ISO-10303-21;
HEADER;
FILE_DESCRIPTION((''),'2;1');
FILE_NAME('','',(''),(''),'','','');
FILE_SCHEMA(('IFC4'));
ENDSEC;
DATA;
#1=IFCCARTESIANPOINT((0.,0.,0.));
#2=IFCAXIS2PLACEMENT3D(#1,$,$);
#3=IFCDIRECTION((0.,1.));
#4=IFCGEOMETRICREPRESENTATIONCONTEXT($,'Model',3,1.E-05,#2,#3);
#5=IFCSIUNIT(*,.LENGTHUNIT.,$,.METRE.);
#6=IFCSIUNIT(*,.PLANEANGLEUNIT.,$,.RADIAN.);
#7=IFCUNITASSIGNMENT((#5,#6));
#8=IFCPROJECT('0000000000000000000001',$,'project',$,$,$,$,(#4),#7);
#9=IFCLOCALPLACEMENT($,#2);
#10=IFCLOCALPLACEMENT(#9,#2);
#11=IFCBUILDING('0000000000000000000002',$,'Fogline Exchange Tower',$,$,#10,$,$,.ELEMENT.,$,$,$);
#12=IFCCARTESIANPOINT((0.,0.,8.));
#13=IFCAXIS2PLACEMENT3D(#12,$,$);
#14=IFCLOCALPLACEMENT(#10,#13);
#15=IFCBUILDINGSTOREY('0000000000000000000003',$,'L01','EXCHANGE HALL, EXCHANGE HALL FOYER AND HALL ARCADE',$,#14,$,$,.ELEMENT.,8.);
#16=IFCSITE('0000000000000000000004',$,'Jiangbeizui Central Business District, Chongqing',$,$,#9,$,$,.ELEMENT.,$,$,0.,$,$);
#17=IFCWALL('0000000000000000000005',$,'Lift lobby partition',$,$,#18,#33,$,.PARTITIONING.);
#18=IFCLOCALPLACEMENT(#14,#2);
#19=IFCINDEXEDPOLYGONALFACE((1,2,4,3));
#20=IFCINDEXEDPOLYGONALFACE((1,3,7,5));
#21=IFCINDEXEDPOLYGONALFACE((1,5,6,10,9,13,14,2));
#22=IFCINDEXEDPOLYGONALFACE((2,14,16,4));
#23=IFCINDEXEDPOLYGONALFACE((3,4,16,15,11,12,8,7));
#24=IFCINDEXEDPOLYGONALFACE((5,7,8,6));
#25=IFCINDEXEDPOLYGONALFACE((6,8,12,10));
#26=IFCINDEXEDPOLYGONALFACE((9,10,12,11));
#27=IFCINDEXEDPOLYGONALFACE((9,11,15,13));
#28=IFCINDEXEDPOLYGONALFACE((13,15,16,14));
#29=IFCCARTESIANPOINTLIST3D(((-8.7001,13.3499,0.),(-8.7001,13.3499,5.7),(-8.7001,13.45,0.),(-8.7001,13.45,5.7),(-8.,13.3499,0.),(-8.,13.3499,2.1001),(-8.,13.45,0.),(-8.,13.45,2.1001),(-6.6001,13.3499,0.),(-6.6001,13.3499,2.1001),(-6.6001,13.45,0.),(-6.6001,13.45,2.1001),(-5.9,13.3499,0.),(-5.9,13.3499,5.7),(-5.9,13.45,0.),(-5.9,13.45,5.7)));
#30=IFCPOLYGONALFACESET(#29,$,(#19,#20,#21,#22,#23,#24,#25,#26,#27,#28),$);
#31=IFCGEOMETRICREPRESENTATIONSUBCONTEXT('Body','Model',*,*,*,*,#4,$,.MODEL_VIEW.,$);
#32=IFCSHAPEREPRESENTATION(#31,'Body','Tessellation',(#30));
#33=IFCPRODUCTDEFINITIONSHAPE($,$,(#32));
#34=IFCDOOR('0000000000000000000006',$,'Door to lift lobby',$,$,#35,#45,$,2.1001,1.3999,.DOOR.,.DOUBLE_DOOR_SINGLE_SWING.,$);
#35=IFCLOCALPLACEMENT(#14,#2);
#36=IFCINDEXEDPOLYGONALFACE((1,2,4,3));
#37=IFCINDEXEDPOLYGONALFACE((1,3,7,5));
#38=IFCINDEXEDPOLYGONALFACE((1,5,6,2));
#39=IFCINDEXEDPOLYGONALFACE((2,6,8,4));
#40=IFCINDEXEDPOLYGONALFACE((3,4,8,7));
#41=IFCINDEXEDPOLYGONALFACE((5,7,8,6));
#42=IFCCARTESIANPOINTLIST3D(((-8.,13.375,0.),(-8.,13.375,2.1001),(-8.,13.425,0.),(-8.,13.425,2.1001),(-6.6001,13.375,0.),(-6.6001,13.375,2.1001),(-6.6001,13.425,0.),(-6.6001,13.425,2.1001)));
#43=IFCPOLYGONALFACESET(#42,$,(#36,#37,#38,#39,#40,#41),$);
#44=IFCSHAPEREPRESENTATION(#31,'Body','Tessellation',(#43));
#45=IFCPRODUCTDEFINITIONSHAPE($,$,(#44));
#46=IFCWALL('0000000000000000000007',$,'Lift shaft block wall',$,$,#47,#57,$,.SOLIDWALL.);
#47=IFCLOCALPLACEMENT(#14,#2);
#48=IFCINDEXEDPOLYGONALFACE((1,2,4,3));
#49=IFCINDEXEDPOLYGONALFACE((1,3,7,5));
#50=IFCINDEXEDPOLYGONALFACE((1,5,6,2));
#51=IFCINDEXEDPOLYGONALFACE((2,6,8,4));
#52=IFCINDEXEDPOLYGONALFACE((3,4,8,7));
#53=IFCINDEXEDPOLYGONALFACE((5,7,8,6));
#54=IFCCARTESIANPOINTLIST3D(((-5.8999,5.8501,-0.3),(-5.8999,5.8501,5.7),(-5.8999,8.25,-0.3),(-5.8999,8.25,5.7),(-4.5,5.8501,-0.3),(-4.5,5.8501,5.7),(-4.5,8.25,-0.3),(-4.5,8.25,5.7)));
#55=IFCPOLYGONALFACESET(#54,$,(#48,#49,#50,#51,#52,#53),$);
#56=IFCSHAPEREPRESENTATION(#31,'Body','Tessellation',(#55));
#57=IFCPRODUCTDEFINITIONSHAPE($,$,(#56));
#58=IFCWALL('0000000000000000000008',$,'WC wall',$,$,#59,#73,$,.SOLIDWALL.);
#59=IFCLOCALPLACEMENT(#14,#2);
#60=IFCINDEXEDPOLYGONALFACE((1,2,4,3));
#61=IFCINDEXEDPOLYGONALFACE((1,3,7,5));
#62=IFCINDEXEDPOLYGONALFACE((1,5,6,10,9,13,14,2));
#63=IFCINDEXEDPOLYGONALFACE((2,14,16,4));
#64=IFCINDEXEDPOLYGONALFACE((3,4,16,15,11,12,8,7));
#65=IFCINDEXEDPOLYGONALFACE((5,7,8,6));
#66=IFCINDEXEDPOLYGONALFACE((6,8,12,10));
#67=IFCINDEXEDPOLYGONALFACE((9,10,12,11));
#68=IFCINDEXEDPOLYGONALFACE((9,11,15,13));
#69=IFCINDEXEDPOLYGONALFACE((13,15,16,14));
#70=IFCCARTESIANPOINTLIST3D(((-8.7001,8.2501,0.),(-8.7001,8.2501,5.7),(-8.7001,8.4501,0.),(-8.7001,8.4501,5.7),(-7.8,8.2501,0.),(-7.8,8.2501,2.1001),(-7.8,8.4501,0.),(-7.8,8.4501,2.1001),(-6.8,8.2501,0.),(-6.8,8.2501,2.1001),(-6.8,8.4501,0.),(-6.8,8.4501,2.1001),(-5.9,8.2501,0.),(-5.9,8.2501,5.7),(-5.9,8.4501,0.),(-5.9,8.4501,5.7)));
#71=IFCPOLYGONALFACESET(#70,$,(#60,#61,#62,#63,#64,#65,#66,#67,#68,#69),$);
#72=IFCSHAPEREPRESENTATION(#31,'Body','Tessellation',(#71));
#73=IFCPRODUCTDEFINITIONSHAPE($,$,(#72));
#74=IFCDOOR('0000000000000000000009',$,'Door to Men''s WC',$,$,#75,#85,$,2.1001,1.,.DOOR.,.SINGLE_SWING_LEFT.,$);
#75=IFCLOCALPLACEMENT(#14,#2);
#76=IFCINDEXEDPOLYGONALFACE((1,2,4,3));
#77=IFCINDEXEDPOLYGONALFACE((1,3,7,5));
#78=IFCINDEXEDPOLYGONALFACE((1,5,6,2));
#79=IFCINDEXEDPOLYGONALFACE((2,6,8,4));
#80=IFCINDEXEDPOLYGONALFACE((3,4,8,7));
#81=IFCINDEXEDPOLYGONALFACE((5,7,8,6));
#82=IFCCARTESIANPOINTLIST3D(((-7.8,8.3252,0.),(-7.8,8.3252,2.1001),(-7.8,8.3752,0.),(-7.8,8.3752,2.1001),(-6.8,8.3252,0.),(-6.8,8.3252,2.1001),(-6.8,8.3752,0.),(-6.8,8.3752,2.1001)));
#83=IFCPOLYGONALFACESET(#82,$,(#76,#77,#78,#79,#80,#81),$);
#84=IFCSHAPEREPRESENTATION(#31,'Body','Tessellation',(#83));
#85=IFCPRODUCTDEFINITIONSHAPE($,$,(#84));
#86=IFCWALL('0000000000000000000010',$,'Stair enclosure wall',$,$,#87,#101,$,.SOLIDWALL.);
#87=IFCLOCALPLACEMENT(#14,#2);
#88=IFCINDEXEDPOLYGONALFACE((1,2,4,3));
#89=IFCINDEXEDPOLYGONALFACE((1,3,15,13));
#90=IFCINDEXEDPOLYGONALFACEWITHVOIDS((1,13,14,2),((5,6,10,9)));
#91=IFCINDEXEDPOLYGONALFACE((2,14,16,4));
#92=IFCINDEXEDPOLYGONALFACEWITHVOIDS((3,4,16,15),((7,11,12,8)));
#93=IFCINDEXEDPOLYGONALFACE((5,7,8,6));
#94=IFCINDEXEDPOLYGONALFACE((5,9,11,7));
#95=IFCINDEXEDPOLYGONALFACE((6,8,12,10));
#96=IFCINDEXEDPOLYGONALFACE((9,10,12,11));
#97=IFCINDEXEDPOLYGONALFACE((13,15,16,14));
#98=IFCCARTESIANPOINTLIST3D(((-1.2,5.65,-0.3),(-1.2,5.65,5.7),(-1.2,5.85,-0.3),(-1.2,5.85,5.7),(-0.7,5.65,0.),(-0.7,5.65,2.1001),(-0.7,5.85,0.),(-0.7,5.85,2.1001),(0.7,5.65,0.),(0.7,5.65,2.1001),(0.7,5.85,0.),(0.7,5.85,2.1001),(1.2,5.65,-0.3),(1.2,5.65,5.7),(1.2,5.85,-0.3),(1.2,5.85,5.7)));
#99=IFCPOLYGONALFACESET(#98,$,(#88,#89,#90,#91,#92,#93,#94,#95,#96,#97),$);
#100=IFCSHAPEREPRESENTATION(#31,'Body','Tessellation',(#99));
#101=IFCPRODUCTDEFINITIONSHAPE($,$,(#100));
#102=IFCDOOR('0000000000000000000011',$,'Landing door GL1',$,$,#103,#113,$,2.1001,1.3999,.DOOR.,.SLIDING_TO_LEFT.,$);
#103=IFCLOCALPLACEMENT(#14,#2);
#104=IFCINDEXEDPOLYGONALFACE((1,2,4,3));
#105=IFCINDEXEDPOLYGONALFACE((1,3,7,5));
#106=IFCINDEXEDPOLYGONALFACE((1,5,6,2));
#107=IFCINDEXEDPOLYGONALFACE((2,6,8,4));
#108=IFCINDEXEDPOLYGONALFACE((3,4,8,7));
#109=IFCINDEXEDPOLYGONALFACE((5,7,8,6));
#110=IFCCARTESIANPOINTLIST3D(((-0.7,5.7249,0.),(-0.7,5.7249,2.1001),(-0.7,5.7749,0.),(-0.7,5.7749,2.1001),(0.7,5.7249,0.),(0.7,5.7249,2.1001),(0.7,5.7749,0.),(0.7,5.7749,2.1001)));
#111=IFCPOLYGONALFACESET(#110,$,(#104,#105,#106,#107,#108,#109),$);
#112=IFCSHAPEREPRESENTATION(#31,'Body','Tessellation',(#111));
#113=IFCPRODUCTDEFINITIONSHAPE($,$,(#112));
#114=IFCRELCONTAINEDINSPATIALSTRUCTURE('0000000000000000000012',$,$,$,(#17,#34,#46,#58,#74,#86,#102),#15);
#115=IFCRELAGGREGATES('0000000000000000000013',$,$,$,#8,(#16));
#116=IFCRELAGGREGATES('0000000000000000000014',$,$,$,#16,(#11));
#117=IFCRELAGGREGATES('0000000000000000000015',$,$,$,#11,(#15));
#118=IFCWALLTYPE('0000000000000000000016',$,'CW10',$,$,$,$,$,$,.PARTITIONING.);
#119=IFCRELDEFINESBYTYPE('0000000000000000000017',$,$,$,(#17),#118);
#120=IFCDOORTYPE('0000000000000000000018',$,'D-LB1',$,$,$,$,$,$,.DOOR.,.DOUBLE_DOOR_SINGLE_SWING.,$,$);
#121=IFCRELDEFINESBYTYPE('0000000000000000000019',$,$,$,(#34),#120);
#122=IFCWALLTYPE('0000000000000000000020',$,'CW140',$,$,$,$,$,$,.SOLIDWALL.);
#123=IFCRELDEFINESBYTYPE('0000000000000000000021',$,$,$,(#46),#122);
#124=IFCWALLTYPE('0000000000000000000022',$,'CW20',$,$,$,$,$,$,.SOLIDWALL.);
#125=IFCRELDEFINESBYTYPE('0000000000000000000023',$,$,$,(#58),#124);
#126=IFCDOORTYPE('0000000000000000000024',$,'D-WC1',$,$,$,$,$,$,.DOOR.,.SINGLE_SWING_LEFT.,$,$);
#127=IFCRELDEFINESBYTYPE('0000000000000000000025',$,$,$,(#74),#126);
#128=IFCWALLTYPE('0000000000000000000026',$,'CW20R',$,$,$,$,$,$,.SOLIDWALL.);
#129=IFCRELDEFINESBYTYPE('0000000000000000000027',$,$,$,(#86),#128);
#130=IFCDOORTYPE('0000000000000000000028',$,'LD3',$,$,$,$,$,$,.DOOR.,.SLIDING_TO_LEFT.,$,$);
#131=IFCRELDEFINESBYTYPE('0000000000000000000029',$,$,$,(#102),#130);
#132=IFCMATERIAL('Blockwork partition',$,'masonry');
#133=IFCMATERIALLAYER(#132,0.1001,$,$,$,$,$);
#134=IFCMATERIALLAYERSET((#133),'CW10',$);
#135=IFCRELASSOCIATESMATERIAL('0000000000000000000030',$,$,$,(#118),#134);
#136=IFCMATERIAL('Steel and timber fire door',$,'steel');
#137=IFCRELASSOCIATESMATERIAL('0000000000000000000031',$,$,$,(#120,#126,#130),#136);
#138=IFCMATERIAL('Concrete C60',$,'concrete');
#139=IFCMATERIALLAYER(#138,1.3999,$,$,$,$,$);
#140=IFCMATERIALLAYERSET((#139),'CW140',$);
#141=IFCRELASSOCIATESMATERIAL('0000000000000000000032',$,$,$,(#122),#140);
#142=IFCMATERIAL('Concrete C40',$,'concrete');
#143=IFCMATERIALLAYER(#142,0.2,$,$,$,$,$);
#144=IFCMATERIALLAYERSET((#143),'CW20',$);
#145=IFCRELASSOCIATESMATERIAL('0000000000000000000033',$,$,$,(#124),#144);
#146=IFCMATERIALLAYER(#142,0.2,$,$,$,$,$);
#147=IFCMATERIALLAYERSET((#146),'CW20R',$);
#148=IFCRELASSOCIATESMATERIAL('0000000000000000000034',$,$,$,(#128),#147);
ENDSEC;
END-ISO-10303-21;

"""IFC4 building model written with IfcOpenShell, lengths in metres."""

from ifc_helpers import new_model, si_unit, direction, frame, frame_2d, origin, place, context, subcontext, project, spatial, rectangle, extrude, material, layer, layer_set, type_object, element, fill, save


model = new_model("IFC4")

# Units and contexts
model_context = context("Model", 3, precision=1e-05, world=origin(), true_north=direction((0.0, 1.0)))
body_context = subcontext(model_context, "Body", "Model", "MODEL_VIEW")
ifc_project = project(units=[si_unit("LENGTHUNIT", "METRE"), si_unit("PLANEANGLEUNIT", "RADIAN")], contexts=[model_context])

# Site, building, storey
site_placement = place(None, origin())
site = spatial("IfcSite", under=ifc_project, at=site_placement, Name="Jiangbeizui Central Business District, Chongqing", CompositionType="ELEMENT", RefElevation=0.0)
building_placement = place(site_placement, origin())
building = spatial("IfcBuilding", under=site, at=building_placement, Name="Fogline Exchange Tower", CompositionType="ELEMENT")
storey_placement = place(building_placement, frame((0.0, 0.0, 8.0)))
storey = spatial("IfcBuildingStorey", under=building, at=storey_placement, Name="L01", Description="EXCHANGE HALL, EXCHANGE HALL FOYER AND HALL ARCADE", CompositionType="ELEMENT", Elevation=8.0)

# Wall, opening, door
ifc_material_1 = material(Name="Blockwork partition", Category="masonry")
ifc_layer_1 = layer(ifc_material_1, 0.1001)
ifc_layer_set_1 = layer_set([ifc_layer_1], Name="CW10")
wall_type_1 = type_object("IfcWallType", Name="CW10", PredefinedType="PARTITIONING", material=ifc_layer_set_1)
wall_1_placement = place(storey_placement, frame((-8.7, 13.3999, 0.0), z_axis=(0.0, 0.0, 1.0), x_axis=(1.0, 0.0, 0.0)))
wall_1 = element("IfcWall", 1, at=wall_1_placement, inside=storey, type_object=wall_type_1, Name="Lift lobby partition", PredefinedType="PARTITIONING", context=body_context, shape_type="SweptSolid", body=[
    extrude(rectangle(XDim=2.8, YDim=0.1001, at=frame_2d((1.3999, 0.0))), origin(), (0.0, 0.0, 1.0), 5.7),
])
opening_1_placement = place(wall_1_placement, frame((0.7, 0.0, 0.0)))
opening_1 = element("IfcOpeningElement", 2, at=opening_1_placement, cuts=wall_1, PredefinedType="OPENING", context=body_context, shape_type="SweptSolid", body=[
    extrude(rectangle(XDim=1.3999, YDim=2.1001, at=frame_2d((0.7, 1.05))), frame((0.0, 0.0601, 0.0), z_axis=(0.0, -1.0, 0.0), x_axis=(1.0, 0.0, 0.0)), (0.0, 0.0, 1.0), 0.1201),
])
ifc_material_2 = material(Name="Steel and timber fire door", Category="steel")
door_type_1 = type_object("IfcDoorType", Name="D-LB1", OperationType="DOUBLE_DOOR_SINGLE_SWING", PredefinedType="DOOR", material=ifc_material_2)
door_1_placement = place(opening_1_placement, frame((1.3999, 0.0, 0.0), z_axis=(0.0, 0.0, 1.0), x_axis=(-1.0, 0.0, 0.0)))
door_1 = element("IfcDoor", 3, at=door_1_placement, inside=storey, type_object=door_type_1, Name="Door to lift lobby", OperationType="DOUBLE_DOOR_SINGLE_SWING", OverallHeight=2.1001, OverallWidth=1.3999, PredefinedType="DOOR", context=body_context, shape_type="SweptSolid", body=[
    extrude(rectangle(XDim=1.3999, YDim=2.1001, at=frame_2d((0.7, 1.05))), frame((0.0, 0.0249, 0.0), z_axis=(0.0, -1.0, 0.0), x_axis=(1.0, 0.0, 0.0)), (0.0, 0.0, 1.0), 0.05),
])
fill(opening_1, door_1)

# Wall
ifc_material_3 = material(Name="Concrete C60", Category="concrete")
ifc_layer_2 = layer(ifc_material_3, 1.3999)
ifc_layer_set_2 = layer_set([ifc_layer_2], Name="CW140")
wall_type_2 = type_object("IfcWallType", Name="CW140", PredefinedType="SOLIDWALL", material=ifc_layer_set_2)
wall_2_placement = place(storey_placement, frame((-5.2, 5.8501, -0.3), z_axis=(0.0, 0.0, 1.0), x_axis=(0.0, 1.0, 0.0)))
element("IfcWall", 4, at=wall_2_placement, inside=storey, type_object=wall_type_2, Name="Lift shaft block wall", PredefinedType="SOLIDWALL", context=body_context, shape_type="SweptSolid", body=[
    extrude(rectangle(XDim=2.3999, YDim=1.3999, at=frame_2d((1.2, 0.0))), origin(), (0.0, 0.0, 1.0), 6.0),
])

# Walls, openings, doors
ifc_material_4 = material(Name="Concrete C40", Category="concrete")
ifc_layer_3 = layer(ifc_material_4, 0.2)
ifc_layer_set_3 = layer_set([ifc_layer_3], Name="CW20")
wall_type_3 = type_object("IfcWallType", Name="CW20", PredefinedType="SOLIDWALL", material=ifc_layer_set_3)
wall_3_placement = place(storey_placement, frame((-8.7, 8.3501, 0.0), z_axis=(0.0, 0.0, 1.0), x_axis=(1.0, 0.0, 0.0)))
wall_3 = element("IfcWall", 5, at=wall_3_placement, inside=storey, type_object=wall_type_3, Name="WC wall", PredefinedType="SOLIDWALL", context=body_context, shape_type="SweptSolid", body=[
    extrude(rectangle(XDim=2.8, YDim=0.2, at=frame_2d((1.3999, 0.0))), origin(), (0.0, 0.0, 1.0), 5.7),
])
opening_2_placement = place(wall_3_placement, frame((0.8999, 0.0, 0.0)))
opening_2 = element("IfcOpeningElement", 6, at=opening_2_placement, cuts=wall_3, PredefinedType="OPENING", context=body_context, shape_type="SweptSolid", body=[
    extrude(rectangle(XDim=1.0, YDim=2.1001, at=frame_2d((0.5, 1.05))), frame((0.0, 0.1099, 0.0), z_axis=(0.0, -1.0, 0.0), x_axis=(1.0, 0.0, 0.0)), (0.0, 0.0, 1.0), 0.22),
])
door_type_2 = type_object("IfcDoorType", Name="D-WC1", OperationType="SINGLE_SWING_LEFT", PredefinedType="DOOR", material=ifc_material_2)
door_2_placement = place(opening_2_placement, frame((1.0, 0.0, 0.0), z_axis=(0.0, 0.0, 1.0), x_axis=(-1.0, 0.0, 0.0)))
door_2 = element("IfcDoor", 7, at=door_2_placement, inside=storey, type_object=door_type_2, Name="Door to Men's WC", OperationType="SINGLE_SWING_LEFT", OverallHeight=2.1001, OverallWidth=1.0, PredefinedType="DOOR", context=body_context, shape_type="SweptSolid", body=[
    extrude(rectangle(XDim=1.0, YDim=2.1001, at=frame_2d((0.5, 1.05))), frame((0.0, 0.0249, 0.0), z_axis=(0.0, -1.0, 0.0), x_axis=(1.0, 0.0, 0.0)), (0.0, 0.0, 1.0), 0.05),
])
fill(opening_2, door_2)
ifc_layer_4 = layer(ifc_material_4, 0.2)
ifc_layer_set_4 = layer_set([ifc_layer_4], Name="CW20R")
wall_type_4 = type_object("IfcWallType", Name="CW20R", PredefinedType="SOLIDWALL", material=ifc_layer_set_4)
wall_4_placement = place(storey_placement, frame((-1.2, 5.75, -0.3), z_axis=(0.0, 0.0, 1.0), x_axis=(1.0, 0.0, 0.0)))
wall_4 = element("IfcWall", 8, at=wall_4_placement, inside=storey, type_object=wall_type_4, Name="Stair enclosure wall", PredefinedType="SOLIDWALL", context=body_context, shape_type="SweptSolid", body=[
    extrude(rectangle(XDim=2.3999, YDim=0.2, at=frame_2d((1.2, 0.0))), origin(), (0.0, 0.0, 1.0), 6.0),
])
opening_3_placement = place(wall_4_placement, frame((0.5, 0.0, 0.3)))
opening_3 = element("IfcOpeningElement", 9, at=opening_3_placement, cuts=wall_4, PredefinedType="OPENING", context=body_context, shape_type="SweptSolid", body=[
    extrude(rectangle(XDim=1.3999, YDim=2.1001, at=frame_2d((0.7, 1.05))), frame((0.0, 0.1099, 0.0), z_axis=(0.0, -1.0, 0.0), x_axis=(1.0, 0.0, 0.0)), (0.0, 0.0, 1.0), 0.22),
])
door_type_3 = type_object("IfcDoorType", Name="LD3", OperationType="SLIDING_TO_LEFT", PredefinedType="DOOR", material=ifc_material_2)
door_3_placement = place(opening_3_placement, origin())
door_3 = element("IfcDoor", 10, at=door_3_placement, inside=storey, type_object=door_type_3, Name="Landing door GL1", OperationType="SLIDING_TO_LEFT", OverallHeight=2.1001, OverallWidth=1.3999, PredefinedType="DOOR", context=body_context, shape_type="SweptSolid", body=[
    extrude(rectangle(XDim=1.3999, YDim=2.1001, at=frame_2d((0.7, 1.05))), frame((0.0, 0.0249, 0.0), z_axis=(0.0, -1.0, 0.0), x_axis=(1.0, 0.0, 0.0)), (0.0, 0.0, 1.0), 0.05),
])
fill(opening_3, door_3)

save(model, "model.ifc")
